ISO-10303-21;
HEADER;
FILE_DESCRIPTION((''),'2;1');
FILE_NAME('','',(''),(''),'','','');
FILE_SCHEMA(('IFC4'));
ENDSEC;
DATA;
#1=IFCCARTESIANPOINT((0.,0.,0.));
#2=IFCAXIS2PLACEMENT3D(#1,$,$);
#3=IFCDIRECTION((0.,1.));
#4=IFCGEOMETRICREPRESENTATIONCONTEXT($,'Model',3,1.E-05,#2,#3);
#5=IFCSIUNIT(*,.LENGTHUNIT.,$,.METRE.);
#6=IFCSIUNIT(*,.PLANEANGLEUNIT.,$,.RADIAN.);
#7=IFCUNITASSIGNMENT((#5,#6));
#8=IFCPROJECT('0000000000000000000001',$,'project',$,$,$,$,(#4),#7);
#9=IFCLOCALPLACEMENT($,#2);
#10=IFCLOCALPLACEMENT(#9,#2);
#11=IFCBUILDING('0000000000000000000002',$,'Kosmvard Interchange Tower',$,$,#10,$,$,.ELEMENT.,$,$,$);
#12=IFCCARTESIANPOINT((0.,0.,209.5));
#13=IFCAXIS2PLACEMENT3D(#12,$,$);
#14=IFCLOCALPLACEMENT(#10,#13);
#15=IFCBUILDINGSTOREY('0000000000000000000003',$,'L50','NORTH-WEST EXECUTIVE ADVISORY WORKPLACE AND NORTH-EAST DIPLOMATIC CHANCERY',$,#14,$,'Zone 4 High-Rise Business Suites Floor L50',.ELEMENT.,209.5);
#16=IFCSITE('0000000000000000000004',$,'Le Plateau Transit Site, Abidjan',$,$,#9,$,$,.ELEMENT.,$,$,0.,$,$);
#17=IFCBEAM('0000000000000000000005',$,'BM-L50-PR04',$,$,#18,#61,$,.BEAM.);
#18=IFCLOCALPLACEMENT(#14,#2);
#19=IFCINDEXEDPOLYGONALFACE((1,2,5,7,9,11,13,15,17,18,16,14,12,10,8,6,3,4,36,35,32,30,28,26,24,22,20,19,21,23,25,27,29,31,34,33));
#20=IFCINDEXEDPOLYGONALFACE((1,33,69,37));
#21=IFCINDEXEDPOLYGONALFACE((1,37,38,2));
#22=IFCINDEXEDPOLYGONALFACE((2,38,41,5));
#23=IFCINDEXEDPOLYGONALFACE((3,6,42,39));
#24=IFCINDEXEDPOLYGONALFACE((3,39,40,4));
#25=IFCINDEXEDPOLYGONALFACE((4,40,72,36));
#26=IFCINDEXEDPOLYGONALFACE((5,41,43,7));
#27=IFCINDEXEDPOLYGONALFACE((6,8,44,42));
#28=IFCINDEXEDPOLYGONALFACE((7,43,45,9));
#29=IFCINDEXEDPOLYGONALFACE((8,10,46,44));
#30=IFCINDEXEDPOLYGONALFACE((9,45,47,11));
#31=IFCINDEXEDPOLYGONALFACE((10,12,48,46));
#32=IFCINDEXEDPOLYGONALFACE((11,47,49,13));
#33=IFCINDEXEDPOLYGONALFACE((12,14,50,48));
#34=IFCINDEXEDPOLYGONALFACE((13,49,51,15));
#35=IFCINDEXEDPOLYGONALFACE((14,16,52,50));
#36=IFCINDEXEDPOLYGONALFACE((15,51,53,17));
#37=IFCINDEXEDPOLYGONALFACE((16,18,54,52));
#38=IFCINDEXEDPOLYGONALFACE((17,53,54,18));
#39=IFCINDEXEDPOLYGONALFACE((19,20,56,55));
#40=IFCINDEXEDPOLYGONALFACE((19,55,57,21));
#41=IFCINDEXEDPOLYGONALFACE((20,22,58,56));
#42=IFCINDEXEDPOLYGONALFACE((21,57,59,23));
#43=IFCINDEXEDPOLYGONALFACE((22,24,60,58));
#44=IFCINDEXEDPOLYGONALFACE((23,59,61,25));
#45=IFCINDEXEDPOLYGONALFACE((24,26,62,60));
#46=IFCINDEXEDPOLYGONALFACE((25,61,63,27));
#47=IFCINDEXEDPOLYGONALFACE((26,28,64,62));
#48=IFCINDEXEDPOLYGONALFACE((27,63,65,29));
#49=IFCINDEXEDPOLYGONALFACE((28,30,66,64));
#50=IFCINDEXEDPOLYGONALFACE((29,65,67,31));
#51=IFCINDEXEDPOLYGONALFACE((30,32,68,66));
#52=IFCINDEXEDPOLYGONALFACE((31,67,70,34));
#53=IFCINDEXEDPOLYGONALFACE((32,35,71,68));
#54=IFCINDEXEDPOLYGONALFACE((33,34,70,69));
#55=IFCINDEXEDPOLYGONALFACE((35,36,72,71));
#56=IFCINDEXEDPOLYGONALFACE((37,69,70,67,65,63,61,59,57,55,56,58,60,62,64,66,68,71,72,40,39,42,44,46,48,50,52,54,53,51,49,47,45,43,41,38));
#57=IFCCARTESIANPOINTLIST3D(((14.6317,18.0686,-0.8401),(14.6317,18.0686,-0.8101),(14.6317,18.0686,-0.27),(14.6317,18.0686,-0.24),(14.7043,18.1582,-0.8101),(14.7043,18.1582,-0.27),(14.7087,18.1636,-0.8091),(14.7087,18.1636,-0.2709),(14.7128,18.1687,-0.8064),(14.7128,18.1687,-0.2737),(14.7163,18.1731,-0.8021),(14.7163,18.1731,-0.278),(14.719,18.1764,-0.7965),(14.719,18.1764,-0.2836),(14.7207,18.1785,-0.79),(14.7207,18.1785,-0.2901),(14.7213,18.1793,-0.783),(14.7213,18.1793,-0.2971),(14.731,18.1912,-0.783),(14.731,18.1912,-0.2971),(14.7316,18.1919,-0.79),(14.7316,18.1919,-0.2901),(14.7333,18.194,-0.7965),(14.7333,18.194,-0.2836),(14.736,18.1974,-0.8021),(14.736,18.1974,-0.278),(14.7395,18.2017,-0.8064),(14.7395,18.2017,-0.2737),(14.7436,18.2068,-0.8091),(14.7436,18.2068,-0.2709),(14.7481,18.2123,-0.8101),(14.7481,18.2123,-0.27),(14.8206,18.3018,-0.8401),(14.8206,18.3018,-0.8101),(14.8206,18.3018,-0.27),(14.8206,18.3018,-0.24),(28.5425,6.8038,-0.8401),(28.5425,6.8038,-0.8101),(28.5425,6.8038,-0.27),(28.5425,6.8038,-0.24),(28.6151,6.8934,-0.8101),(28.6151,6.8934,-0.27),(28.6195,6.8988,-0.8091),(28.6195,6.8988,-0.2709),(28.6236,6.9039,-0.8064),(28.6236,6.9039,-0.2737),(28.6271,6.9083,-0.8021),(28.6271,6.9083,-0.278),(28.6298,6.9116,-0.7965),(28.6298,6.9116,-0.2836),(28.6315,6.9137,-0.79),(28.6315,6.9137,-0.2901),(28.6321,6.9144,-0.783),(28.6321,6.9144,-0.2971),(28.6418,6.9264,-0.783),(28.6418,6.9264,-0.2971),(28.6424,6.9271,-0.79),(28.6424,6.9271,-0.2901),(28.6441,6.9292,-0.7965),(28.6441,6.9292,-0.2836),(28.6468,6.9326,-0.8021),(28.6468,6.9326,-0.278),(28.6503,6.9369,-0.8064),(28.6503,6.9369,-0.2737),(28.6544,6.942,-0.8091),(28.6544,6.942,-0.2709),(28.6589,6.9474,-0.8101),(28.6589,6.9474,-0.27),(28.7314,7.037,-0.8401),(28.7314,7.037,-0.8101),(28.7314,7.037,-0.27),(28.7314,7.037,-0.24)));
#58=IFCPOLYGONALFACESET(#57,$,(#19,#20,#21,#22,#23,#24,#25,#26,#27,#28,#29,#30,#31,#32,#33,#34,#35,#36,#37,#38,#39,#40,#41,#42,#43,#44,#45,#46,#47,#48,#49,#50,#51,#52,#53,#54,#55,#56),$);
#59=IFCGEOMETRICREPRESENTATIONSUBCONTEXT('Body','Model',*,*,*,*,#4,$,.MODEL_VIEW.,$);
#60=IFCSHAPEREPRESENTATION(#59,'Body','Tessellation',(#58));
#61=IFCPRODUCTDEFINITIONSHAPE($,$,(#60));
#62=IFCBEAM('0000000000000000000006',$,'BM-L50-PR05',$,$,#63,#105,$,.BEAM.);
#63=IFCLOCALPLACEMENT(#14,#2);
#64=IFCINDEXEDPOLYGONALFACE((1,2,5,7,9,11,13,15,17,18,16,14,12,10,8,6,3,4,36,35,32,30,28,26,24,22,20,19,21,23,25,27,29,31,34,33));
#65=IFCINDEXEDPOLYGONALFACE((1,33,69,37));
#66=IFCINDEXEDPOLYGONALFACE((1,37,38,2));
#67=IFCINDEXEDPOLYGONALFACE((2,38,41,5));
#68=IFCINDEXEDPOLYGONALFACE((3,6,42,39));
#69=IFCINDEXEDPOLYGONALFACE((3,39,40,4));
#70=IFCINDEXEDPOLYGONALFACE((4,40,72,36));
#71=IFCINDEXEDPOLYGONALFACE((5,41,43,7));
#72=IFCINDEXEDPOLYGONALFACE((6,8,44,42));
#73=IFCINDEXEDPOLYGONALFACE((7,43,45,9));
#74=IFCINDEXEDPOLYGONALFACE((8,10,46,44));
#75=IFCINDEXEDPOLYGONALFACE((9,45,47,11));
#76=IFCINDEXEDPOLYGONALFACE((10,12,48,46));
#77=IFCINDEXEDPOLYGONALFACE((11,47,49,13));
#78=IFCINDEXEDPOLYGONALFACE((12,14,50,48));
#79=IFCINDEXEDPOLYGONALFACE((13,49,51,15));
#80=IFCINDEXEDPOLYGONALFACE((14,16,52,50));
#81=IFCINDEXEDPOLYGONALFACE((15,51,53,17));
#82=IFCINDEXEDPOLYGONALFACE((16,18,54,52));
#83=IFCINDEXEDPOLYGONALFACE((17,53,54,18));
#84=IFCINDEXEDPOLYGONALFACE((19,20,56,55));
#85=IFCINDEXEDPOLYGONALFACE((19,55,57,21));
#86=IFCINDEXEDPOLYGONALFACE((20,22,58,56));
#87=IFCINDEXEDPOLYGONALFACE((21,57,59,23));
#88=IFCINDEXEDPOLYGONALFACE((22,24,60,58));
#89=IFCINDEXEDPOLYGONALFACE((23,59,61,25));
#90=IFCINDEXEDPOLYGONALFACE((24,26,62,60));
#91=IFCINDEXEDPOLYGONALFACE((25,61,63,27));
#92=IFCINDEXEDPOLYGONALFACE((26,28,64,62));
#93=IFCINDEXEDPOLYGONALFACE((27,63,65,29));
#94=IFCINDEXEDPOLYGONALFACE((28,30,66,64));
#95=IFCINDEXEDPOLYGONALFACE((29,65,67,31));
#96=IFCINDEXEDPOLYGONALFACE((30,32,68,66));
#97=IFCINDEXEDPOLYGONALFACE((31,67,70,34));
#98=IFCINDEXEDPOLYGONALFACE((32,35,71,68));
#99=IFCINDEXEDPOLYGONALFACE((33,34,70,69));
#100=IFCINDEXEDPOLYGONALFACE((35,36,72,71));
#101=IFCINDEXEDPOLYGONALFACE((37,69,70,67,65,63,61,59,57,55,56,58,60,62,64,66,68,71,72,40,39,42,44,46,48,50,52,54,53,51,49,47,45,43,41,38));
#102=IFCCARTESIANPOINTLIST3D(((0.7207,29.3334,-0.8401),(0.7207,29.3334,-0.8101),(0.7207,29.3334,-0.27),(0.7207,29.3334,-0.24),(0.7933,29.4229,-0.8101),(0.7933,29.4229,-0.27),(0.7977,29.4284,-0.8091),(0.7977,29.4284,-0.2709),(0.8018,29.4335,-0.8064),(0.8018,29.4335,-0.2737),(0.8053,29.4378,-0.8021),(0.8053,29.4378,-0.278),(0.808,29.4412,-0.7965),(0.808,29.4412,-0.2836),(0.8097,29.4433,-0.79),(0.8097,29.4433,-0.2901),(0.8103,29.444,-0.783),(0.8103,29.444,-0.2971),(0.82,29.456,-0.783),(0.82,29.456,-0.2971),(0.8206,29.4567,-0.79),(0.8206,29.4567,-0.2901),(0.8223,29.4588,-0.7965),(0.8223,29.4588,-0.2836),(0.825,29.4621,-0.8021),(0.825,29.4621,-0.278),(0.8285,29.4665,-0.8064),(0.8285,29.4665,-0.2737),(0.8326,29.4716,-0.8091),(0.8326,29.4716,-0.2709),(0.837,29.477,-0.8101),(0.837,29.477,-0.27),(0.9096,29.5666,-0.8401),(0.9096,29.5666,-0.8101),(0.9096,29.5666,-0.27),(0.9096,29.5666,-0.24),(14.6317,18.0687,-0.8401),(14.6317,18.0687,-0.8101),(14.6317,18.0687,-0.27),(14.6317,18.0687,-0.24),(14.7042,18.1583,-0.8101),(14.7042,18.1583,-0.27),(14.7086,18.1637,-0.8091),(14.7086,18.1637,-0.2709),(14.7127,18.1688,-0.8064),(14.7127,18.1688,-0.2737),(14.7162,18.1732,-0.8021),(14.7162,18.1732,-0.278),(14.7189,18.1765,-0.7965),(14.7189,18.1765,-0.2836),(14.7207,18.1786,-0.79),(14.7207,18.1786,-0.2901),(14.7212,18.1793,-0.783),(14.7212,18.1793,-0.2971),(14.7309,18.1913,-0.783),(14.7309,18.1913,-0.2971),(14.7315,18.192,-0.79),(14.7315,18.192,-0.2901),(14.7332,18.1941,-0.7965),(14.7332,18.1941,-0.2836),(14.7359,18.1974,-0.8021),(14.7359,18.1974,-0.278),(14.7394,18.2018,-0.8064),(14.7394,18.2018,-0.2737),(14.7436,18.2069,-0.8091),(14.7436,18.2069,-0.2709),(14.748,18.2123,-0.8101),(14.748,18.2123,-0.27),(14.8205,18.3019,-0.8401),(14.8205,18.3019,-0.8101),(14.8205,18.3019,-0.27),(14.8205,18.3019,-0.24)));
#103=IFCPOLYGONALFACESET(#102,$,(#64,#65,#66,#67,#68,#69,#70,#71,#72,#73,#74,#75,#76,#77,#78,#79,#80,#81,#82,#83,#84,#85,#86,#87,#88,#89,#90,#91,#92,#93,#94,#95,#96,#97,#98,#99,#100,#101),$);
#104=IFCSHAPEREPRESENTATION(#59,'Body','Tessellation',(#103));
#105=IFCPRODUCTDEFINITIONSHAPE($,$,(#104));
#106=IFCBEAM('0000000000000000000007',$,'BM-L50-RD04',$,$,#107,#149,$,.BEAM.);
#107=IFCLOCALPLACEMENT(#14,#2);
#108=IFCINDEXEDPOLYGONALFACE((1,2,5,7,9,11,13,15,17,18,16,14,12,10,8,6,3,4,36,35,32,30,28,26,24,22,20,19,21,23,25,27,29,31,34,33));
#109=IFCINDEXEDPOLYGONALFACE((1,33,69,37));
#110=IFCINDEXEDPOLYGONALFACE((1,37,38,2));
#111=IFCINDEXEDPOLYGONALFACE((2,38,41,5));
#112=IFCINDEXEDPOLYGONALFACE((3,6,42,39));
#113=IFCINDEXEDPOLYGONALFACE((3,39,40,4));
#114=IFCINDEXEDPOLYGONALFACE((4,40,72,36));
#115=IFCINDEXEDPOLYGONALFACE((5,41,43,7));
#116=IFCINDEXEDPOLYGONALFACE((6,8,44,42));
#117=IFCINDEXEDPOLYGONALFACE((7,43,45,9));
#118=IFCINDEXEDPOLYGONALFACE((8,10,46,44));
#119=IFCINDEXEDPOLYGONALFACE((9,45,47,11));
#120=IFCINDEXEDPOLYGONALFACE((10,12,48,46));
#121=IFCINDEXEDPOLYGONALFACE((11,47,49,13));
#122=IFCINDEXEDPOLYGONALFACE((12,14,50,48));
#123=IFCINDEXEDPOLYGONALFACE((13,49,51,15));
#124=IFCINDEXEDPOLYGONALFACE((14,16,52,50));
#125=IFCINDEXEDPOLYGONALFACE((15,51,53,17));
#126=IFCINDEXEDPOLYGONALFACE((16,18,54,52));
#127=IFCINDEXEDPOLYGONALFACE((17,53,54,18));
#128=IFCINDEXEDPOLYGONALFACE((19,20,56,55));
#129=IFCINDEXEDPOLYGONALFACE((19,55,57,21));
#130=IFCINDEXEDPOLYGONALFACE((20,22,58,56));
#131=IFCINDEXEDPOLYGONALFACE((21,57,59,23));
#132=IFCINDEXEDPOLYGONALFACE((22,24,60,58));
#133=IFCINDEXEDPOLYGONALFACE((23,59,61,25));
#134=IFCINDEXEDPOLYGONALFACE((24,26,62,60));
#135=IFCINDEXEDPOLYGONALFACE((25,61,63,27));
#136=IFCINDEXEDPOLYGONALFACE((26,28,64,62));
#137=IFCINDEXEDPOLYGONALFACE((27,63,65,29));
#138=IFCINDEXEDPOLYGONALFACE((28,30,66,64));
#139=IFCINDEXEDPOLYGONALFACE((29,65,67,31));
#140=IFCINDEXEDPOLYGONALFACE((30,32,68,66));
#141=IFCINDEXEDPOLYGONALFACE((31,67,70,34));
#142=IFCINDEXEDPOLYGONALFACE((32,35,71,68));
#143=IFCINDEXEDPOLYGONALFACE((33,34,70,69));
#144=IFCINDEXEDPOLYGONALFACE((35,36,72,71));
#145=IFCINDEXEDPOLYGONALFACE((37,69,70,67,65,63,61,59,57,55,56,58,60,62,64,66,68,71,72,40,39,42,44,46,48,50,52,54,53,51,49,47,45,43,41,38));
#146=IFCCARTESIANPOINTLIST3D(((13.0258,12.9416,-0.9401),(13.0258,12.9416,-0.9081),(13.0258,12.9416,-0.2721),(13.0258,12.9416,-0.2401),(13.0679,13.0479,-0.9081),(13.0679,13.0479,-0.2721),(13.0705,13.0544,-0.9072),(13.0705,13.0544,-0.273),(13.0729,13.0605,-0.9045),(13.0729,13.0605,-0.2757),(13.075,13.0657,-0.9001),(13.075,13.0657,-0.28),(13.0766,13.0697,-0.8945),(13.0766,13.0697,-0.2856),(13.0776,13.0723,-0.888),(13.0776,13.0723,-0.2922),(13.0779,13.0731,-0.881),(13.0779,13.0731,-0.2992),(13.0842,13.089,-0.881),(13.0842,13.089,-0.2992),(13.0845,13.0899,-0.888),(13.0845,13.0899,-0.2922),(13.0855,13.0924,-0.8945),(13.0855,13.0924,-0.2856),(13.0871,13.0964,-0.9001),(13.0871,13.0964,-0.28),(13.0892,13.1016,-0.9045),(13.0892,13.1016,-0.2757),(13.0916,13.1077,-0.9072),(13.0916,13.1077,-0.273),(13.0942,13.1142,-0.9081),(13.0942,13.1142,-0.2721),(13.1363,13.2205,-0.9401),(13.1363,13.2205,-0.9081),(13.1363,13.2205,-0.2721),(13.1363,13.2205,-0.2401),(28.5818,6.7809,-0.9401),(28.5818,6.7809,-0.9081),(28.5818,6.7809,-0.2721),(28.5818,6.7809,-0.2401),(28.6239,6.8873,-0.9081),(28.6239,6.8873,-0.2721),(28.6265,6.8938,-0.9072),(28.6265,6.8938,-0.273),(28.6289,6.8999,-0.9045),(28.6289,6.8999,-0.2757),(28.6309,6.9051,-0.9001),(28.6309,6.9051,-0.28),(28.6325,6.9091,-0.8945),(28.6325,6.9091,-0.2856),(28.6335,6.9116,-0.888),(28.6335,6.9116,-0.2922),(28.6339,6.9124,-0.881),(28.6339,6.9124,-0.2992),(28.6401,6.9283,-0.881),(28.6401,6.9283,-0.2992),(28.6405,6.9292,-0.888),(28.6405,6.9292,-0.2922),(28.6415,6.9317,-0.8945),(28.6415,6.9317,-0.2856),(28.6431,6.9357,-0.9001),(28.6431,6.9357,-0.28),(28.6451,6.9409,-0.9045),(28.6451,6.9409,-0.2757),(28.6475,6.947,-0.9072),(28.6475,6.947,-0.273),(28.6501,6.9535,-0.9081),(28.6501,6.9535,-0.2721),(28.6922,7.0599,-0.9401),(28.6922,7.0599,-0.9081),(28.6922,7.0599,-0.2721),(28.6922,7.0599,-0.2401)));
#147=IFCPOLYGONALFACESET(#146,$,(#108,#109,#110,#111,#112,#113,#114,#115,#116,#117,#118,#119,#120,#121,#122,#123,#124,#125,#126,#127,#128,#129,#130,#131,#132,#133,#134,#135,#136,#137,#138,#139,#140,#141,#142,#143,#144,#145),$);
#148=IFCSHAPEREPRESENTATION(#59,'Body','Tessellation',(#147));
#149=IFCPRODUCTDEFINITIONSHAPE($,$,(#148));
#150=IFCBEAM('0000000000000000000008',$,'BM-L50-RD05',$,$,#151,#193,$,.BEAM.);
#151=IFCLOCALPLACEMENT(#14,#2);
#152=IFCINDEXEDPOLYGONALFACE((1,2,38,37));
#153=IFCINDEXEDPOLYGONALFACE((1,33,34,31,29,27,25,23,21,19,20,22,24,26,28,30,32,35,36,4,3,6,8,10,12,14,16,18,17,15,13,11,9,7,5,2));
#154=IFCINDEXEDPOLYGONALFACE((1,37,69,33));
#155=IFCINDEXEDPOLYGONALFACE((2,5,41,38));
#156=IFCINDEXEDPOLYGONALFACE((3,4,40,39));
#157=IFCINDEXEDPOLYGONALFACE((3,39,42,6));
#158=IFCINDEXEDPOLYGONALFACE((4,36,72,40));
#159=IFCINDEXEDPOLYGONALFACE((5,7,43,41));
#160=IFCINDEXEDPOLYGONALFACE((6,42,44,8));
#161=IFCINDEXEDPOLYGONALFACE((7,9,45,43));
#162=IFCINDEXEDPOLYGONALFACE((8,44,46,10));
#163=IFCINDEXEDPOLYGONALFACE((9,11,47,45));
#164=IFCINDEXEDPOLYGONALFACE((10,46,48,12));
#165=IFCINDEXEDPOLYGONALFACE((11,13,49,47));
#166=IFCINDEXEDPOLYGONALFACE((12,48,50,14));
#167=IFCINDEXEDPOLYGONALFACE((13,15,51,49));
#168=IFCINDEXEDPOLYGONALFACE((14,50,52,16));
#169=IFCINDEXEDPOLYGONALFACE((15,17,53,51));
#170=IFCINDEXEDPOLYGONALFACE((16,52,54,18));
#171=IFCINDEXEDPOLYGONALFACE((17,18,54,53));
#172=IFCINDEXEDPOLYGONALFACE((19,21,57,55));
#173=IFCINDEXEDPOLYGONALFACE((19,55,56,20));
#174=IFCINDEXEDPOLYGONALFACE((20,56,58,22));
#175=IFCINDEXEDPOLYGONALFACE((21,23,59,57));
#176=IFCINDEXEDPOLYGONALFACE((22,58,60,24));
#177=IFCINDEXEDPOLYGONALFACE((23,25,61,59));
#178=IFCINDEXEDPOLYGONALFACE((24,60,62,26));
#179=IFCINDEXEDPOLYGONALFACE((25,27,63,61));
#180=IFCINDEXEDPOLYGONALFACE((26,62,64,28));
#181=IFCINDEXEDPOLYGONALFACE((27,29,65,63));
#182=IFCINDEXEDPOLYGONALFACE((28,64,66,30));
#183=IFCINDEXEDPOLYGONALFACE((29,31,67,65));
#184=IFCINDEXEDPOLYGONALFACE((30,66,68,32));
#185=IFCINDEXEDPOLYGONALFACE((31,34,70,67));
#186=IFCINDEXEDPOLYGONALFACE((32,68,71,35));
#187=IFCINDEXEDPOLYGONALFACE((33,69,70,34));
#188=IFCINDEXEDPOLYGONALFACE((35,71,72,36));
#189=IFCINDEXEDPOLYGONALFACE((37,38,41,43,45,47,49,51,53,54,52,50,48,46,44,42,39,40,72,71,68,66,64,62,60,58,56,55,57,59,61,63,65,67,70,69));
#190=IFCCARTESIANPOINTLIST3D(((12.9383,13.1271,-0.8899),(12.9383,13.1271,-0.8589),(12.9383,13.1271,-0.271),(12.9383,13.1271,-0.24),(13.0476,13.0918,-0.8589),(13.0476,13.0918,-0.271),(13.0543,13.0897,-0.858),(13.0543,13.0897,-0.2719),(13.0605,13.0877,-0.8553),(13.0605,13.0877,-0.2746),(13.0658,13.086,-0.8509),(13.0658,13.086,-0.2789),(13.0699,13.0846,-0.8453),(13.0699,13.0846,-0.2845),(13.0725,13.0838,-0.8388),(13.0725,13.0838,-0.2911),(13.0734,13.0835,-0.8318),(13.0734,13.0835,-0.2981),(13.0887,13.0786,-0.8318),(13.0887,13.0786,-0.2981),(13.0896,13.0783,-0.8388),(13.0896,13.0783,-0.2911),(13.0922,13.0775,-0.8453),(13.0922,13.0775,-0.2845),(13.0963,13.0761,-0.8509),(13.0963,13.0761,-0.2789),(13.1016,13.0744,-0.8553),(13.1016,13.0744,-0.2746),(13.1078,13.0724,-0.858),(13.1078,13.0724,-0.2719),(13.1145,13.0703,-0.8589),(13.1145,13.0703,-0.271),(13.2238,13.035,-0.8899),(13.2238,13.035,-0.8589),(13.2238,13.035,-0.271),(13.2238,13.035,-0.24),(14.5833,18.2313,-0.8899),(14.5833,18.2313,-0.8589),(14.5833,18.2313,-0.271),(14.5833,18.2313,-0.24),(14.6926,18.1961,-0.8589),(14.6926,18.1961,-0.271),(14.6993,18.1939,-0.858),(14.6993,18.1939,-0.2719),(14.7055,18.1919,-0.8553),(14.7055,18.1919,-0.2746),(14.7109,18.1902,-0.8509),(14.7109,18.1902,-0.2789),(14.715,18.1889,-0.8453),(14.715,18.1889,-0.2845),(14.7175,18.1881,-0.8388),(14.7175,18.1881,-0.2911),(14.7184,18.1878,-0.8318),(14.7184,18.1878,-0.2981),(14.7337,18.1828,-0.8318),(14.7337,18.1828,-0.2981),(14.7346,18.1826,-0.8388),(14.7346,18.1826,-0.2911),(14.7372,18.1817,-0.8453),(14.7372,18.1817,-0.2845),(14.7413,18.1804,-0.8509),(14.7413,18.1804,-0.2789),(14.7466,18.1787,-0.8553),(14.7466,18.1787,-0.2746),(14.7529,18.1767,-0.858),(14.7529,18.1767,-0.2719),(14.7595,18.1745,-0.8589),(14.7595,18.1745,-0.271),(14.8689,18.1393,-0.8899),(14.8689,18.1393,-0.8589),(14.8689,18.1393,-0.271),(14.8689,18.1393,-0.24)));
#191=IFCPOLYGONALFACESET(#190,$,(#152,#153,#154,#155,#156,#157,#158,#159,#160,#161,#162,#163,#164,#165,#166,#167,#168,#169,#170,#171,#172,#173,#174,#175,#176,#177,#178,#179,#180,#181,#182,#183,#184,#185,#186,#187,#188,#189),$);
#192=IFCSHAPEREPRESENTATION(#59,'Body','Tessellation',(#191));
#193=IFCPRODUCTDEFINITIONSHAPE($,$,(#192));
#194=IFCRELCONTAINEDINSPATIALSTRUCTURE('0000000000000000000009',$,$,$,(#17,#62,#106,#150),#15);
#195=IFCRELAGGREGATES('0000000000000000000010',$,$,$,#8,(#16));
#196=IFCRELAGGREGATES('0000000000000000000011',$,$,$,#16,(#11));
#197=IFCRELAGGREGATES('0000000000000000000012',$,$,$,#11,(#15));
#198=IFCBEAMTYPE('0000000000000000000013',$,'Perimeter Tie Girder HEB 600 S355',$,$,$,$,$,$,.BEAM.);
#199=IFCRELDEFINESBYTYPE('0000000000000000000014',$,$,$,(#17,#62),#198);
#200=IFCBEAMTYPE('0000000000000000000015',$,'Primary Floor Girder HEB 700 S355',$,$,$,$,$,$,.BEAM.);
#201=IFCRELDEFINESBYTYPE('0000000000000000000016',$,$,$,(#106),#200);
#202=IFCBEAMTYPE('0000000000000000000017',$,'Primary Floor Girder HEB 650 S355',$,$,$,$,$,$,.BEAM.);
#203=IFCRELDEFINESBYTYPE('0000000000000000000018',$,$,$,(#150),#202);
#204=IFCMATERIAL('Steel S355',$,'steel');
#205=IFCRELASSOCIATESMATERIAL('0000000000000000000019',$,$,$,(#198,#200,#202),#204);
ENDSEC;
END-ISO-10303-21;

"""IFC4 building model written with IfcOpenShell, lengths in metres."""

from ifc_helpers import new_model, si_unit, direction, frame, origin, origin_2d, place, context, subcontext, project, spatial, i_section, extrude, source, transform, mapped, material, material_profile, profile_set, type_object, element, save


model = new_model("IFC4")

# Units and contexts
model_context = context("Model", 3, precision=1e-05, world=origin(), true_north=direction((0.0, 1.0)))
body_context = subcontext(model_context, "Body", "Model", "MODEL_VIEW")
ifc_project = project(units=[si_unit("LENGTHUNIT", "METRE"), si_unit("PLANEANGLEUNIT", "RADIAN")], contexts=[model_context])

# Site, building, storey
site_placement = place(None, origin())
site = spatial("IfcSite", under=ifc_project, at=site_placement, Name="Le Plateau Transit Site, Abidjan", CompositionType="ELEMENT", RefElevation=0.0)
building_placement = place(site_placement, origin())
building = spatial("IfcBuilding", under=site, at=building_placement, Name="Kosmvard Interchange Tower", CompositionType="ELEMENT")
storey_placement = place(building_placement, frame((0.0, 0.0, 209.5)))
storey = spatial("IfcBuildingStorey", under=building, at=storey_placement, Name="L50", Description="NORTH-WEST EXECUTIVE ADVISORY WORKPLACE AND NORTH-EAST DIPLOMATIC CHANCERY", LongName="Zone 4 High-Rise Business Suites Floor L50", CompositionType="ELEMENT", Elevation=209.5)

# Beams
ifc_material_1 = material(Name="Steel S355", Category="steel")
ifc_material_profile_1 = material_profile(ifc_material_1, i_section(OverallWidth=0.3, OverallDepth=0.6001, WebThickness=0.0154, FlangeThickness=0.03, FilletRadius=0.0271, at=origin_2d()), Name="HEB 600")
ifc_profile_set_1 = profile_set([ifc_material_profile_1], Name="Steel S355")
beam_type_1 = type_object("IfcBeamType", Name="Perimeter Tie Girder HEB 600 S355", PredefinedType="BEAM", material=ifc_profile_set_1)
shared_shape_1 = source(origin(), body_context, "Body", "SweptSolid", [
    extrude(i_section(OverallWidth=0.3, OverallDepth=0.6001, WebThickness=0.0154, FlangeThickness=0.03, FilletRadius=0.0271, at=origin_2d()), origin(), (0.0, 0.0, 1.0), 17.8999),
])
for number, where, z_axis, x_axis, name in (
    (1, (28.637, 6.9204, -0.54), (-0.777144, 0.629323, 0.0), (-0.629323, -0.777144, 0.0), "BM-L50-PR04"),
    (2, (14.7261, 18.1853, -0.54), (-0.777151, 0.629315, 0.0), (-0.629315, -0.777151, 0.0), "BM-L50-PR05"),
):
    element("IfcBeam", number, at=place(storey_placement, frame(where, z_axis=z_axis, x_axis=x_axis)), inside=storey, type_object=beam_type_1, Name=name, PredefinedType="BEAM", context=body_context, shape_type="MappedRepresentation", body=[
        mapped(shared_shape_1, transform((0.0, 0.0, 0.0), scale=1.0)),
    ])
ifc_material_profile_2 = material_profile(ifc_material_1, i_section(OverallWidth=0.3, OverallDepth=0.7, WebThickness=0.0171, FlangeThickness=0.032, FilletRadius=0.0271, at=origin_2d()), Name="HEB 700")
ifc_profile_set_2 = profile_set([ifc_material_profile_2], Name="Steel S355")
beam_type_2 = type_object("IfcBeamType", Name="Primary Floor Girder HEB 700 S355", PredefinedType="BEAM", material=ifc_profile_set_2)
shared_shape_2 = source(origin(), body_context, "Body", "SweptSolid", [
    extrude(i_section(OverallWidth=0.3, OverallDepth=0.7, WebThickness=0.0171, FlangeThickness=0.032, FilletRadius=0.0271, at=origin_2d()), origin(), (0.0, 0.0, 1.0), 16.7314),
])
beam_1_placement = place(storey_placement, frame((13.0811, 13.0811, -0.5901), z_axis=(0.929743, -0.368209, 0.0), x_axis=(0.368209, 0.929743, 0.0)))
element("IfcBeam", 3, at=beam_1_placement, inside=storey, type_object=beam_type_2, Name="BM-L50-RD04", PredefinedType="BEAM", context=body_context, shape_type="MappedRepresentation", body=[
    mapped(shared_shape_2, transform((0.0, 0.0, 0.0), scale=1.0)),
])
ifc_material_profile_3 = material_profile(ifc_material_1, i_section(OverallWidth=0.3, OverallDepth=0.6499, WebThickness=0.0161, FlangeThickness=0.031, FilletRadius=0.0271, at=origin_2d()), Name="HEB 650")
ifc_profile_set_3 = profile_set([ifc_material_profile_3], Name="Steel S355")
beam_type_3 = type_object("IfcBeamType", Name="Primary Floor Girder HEB 650 S355", PredefinedType="BEAM", material=ifc_profile_set_3)
shared_shape_3 = source(origin(), body_context, "Body", "SweptSolid", [
    extrude(i_section(OverallWidth=0.3, OverallDepth=0.6499, WebThickness=0.0161, FlangeThickness=0.031, FilletRadius=0.0271, at=origin_2d()), origin(), (0.0, 0.0, 1.0), 5.3628),
])
beam_2_placement = place(storey_placement, frame((13.0811, 13.0811, -0.5649), z_axis=(0.306747, 0.951791, 0.0), x_axis=(-0.951791, 0.306747, 0.0)))
element("IfcBeam", 4, at=beam_2_placement, inside=storey, type_object=beam_type_3, Name="BM-L50-RD05", PredefinedType="BEAM", context=body_context, shape_type="MappedRepresentation", body=[
    mapped(shared_shape_3, transform((0.0, 0.0, 0.0), scale=1.0)),
])

save(model, "model.ifc")
